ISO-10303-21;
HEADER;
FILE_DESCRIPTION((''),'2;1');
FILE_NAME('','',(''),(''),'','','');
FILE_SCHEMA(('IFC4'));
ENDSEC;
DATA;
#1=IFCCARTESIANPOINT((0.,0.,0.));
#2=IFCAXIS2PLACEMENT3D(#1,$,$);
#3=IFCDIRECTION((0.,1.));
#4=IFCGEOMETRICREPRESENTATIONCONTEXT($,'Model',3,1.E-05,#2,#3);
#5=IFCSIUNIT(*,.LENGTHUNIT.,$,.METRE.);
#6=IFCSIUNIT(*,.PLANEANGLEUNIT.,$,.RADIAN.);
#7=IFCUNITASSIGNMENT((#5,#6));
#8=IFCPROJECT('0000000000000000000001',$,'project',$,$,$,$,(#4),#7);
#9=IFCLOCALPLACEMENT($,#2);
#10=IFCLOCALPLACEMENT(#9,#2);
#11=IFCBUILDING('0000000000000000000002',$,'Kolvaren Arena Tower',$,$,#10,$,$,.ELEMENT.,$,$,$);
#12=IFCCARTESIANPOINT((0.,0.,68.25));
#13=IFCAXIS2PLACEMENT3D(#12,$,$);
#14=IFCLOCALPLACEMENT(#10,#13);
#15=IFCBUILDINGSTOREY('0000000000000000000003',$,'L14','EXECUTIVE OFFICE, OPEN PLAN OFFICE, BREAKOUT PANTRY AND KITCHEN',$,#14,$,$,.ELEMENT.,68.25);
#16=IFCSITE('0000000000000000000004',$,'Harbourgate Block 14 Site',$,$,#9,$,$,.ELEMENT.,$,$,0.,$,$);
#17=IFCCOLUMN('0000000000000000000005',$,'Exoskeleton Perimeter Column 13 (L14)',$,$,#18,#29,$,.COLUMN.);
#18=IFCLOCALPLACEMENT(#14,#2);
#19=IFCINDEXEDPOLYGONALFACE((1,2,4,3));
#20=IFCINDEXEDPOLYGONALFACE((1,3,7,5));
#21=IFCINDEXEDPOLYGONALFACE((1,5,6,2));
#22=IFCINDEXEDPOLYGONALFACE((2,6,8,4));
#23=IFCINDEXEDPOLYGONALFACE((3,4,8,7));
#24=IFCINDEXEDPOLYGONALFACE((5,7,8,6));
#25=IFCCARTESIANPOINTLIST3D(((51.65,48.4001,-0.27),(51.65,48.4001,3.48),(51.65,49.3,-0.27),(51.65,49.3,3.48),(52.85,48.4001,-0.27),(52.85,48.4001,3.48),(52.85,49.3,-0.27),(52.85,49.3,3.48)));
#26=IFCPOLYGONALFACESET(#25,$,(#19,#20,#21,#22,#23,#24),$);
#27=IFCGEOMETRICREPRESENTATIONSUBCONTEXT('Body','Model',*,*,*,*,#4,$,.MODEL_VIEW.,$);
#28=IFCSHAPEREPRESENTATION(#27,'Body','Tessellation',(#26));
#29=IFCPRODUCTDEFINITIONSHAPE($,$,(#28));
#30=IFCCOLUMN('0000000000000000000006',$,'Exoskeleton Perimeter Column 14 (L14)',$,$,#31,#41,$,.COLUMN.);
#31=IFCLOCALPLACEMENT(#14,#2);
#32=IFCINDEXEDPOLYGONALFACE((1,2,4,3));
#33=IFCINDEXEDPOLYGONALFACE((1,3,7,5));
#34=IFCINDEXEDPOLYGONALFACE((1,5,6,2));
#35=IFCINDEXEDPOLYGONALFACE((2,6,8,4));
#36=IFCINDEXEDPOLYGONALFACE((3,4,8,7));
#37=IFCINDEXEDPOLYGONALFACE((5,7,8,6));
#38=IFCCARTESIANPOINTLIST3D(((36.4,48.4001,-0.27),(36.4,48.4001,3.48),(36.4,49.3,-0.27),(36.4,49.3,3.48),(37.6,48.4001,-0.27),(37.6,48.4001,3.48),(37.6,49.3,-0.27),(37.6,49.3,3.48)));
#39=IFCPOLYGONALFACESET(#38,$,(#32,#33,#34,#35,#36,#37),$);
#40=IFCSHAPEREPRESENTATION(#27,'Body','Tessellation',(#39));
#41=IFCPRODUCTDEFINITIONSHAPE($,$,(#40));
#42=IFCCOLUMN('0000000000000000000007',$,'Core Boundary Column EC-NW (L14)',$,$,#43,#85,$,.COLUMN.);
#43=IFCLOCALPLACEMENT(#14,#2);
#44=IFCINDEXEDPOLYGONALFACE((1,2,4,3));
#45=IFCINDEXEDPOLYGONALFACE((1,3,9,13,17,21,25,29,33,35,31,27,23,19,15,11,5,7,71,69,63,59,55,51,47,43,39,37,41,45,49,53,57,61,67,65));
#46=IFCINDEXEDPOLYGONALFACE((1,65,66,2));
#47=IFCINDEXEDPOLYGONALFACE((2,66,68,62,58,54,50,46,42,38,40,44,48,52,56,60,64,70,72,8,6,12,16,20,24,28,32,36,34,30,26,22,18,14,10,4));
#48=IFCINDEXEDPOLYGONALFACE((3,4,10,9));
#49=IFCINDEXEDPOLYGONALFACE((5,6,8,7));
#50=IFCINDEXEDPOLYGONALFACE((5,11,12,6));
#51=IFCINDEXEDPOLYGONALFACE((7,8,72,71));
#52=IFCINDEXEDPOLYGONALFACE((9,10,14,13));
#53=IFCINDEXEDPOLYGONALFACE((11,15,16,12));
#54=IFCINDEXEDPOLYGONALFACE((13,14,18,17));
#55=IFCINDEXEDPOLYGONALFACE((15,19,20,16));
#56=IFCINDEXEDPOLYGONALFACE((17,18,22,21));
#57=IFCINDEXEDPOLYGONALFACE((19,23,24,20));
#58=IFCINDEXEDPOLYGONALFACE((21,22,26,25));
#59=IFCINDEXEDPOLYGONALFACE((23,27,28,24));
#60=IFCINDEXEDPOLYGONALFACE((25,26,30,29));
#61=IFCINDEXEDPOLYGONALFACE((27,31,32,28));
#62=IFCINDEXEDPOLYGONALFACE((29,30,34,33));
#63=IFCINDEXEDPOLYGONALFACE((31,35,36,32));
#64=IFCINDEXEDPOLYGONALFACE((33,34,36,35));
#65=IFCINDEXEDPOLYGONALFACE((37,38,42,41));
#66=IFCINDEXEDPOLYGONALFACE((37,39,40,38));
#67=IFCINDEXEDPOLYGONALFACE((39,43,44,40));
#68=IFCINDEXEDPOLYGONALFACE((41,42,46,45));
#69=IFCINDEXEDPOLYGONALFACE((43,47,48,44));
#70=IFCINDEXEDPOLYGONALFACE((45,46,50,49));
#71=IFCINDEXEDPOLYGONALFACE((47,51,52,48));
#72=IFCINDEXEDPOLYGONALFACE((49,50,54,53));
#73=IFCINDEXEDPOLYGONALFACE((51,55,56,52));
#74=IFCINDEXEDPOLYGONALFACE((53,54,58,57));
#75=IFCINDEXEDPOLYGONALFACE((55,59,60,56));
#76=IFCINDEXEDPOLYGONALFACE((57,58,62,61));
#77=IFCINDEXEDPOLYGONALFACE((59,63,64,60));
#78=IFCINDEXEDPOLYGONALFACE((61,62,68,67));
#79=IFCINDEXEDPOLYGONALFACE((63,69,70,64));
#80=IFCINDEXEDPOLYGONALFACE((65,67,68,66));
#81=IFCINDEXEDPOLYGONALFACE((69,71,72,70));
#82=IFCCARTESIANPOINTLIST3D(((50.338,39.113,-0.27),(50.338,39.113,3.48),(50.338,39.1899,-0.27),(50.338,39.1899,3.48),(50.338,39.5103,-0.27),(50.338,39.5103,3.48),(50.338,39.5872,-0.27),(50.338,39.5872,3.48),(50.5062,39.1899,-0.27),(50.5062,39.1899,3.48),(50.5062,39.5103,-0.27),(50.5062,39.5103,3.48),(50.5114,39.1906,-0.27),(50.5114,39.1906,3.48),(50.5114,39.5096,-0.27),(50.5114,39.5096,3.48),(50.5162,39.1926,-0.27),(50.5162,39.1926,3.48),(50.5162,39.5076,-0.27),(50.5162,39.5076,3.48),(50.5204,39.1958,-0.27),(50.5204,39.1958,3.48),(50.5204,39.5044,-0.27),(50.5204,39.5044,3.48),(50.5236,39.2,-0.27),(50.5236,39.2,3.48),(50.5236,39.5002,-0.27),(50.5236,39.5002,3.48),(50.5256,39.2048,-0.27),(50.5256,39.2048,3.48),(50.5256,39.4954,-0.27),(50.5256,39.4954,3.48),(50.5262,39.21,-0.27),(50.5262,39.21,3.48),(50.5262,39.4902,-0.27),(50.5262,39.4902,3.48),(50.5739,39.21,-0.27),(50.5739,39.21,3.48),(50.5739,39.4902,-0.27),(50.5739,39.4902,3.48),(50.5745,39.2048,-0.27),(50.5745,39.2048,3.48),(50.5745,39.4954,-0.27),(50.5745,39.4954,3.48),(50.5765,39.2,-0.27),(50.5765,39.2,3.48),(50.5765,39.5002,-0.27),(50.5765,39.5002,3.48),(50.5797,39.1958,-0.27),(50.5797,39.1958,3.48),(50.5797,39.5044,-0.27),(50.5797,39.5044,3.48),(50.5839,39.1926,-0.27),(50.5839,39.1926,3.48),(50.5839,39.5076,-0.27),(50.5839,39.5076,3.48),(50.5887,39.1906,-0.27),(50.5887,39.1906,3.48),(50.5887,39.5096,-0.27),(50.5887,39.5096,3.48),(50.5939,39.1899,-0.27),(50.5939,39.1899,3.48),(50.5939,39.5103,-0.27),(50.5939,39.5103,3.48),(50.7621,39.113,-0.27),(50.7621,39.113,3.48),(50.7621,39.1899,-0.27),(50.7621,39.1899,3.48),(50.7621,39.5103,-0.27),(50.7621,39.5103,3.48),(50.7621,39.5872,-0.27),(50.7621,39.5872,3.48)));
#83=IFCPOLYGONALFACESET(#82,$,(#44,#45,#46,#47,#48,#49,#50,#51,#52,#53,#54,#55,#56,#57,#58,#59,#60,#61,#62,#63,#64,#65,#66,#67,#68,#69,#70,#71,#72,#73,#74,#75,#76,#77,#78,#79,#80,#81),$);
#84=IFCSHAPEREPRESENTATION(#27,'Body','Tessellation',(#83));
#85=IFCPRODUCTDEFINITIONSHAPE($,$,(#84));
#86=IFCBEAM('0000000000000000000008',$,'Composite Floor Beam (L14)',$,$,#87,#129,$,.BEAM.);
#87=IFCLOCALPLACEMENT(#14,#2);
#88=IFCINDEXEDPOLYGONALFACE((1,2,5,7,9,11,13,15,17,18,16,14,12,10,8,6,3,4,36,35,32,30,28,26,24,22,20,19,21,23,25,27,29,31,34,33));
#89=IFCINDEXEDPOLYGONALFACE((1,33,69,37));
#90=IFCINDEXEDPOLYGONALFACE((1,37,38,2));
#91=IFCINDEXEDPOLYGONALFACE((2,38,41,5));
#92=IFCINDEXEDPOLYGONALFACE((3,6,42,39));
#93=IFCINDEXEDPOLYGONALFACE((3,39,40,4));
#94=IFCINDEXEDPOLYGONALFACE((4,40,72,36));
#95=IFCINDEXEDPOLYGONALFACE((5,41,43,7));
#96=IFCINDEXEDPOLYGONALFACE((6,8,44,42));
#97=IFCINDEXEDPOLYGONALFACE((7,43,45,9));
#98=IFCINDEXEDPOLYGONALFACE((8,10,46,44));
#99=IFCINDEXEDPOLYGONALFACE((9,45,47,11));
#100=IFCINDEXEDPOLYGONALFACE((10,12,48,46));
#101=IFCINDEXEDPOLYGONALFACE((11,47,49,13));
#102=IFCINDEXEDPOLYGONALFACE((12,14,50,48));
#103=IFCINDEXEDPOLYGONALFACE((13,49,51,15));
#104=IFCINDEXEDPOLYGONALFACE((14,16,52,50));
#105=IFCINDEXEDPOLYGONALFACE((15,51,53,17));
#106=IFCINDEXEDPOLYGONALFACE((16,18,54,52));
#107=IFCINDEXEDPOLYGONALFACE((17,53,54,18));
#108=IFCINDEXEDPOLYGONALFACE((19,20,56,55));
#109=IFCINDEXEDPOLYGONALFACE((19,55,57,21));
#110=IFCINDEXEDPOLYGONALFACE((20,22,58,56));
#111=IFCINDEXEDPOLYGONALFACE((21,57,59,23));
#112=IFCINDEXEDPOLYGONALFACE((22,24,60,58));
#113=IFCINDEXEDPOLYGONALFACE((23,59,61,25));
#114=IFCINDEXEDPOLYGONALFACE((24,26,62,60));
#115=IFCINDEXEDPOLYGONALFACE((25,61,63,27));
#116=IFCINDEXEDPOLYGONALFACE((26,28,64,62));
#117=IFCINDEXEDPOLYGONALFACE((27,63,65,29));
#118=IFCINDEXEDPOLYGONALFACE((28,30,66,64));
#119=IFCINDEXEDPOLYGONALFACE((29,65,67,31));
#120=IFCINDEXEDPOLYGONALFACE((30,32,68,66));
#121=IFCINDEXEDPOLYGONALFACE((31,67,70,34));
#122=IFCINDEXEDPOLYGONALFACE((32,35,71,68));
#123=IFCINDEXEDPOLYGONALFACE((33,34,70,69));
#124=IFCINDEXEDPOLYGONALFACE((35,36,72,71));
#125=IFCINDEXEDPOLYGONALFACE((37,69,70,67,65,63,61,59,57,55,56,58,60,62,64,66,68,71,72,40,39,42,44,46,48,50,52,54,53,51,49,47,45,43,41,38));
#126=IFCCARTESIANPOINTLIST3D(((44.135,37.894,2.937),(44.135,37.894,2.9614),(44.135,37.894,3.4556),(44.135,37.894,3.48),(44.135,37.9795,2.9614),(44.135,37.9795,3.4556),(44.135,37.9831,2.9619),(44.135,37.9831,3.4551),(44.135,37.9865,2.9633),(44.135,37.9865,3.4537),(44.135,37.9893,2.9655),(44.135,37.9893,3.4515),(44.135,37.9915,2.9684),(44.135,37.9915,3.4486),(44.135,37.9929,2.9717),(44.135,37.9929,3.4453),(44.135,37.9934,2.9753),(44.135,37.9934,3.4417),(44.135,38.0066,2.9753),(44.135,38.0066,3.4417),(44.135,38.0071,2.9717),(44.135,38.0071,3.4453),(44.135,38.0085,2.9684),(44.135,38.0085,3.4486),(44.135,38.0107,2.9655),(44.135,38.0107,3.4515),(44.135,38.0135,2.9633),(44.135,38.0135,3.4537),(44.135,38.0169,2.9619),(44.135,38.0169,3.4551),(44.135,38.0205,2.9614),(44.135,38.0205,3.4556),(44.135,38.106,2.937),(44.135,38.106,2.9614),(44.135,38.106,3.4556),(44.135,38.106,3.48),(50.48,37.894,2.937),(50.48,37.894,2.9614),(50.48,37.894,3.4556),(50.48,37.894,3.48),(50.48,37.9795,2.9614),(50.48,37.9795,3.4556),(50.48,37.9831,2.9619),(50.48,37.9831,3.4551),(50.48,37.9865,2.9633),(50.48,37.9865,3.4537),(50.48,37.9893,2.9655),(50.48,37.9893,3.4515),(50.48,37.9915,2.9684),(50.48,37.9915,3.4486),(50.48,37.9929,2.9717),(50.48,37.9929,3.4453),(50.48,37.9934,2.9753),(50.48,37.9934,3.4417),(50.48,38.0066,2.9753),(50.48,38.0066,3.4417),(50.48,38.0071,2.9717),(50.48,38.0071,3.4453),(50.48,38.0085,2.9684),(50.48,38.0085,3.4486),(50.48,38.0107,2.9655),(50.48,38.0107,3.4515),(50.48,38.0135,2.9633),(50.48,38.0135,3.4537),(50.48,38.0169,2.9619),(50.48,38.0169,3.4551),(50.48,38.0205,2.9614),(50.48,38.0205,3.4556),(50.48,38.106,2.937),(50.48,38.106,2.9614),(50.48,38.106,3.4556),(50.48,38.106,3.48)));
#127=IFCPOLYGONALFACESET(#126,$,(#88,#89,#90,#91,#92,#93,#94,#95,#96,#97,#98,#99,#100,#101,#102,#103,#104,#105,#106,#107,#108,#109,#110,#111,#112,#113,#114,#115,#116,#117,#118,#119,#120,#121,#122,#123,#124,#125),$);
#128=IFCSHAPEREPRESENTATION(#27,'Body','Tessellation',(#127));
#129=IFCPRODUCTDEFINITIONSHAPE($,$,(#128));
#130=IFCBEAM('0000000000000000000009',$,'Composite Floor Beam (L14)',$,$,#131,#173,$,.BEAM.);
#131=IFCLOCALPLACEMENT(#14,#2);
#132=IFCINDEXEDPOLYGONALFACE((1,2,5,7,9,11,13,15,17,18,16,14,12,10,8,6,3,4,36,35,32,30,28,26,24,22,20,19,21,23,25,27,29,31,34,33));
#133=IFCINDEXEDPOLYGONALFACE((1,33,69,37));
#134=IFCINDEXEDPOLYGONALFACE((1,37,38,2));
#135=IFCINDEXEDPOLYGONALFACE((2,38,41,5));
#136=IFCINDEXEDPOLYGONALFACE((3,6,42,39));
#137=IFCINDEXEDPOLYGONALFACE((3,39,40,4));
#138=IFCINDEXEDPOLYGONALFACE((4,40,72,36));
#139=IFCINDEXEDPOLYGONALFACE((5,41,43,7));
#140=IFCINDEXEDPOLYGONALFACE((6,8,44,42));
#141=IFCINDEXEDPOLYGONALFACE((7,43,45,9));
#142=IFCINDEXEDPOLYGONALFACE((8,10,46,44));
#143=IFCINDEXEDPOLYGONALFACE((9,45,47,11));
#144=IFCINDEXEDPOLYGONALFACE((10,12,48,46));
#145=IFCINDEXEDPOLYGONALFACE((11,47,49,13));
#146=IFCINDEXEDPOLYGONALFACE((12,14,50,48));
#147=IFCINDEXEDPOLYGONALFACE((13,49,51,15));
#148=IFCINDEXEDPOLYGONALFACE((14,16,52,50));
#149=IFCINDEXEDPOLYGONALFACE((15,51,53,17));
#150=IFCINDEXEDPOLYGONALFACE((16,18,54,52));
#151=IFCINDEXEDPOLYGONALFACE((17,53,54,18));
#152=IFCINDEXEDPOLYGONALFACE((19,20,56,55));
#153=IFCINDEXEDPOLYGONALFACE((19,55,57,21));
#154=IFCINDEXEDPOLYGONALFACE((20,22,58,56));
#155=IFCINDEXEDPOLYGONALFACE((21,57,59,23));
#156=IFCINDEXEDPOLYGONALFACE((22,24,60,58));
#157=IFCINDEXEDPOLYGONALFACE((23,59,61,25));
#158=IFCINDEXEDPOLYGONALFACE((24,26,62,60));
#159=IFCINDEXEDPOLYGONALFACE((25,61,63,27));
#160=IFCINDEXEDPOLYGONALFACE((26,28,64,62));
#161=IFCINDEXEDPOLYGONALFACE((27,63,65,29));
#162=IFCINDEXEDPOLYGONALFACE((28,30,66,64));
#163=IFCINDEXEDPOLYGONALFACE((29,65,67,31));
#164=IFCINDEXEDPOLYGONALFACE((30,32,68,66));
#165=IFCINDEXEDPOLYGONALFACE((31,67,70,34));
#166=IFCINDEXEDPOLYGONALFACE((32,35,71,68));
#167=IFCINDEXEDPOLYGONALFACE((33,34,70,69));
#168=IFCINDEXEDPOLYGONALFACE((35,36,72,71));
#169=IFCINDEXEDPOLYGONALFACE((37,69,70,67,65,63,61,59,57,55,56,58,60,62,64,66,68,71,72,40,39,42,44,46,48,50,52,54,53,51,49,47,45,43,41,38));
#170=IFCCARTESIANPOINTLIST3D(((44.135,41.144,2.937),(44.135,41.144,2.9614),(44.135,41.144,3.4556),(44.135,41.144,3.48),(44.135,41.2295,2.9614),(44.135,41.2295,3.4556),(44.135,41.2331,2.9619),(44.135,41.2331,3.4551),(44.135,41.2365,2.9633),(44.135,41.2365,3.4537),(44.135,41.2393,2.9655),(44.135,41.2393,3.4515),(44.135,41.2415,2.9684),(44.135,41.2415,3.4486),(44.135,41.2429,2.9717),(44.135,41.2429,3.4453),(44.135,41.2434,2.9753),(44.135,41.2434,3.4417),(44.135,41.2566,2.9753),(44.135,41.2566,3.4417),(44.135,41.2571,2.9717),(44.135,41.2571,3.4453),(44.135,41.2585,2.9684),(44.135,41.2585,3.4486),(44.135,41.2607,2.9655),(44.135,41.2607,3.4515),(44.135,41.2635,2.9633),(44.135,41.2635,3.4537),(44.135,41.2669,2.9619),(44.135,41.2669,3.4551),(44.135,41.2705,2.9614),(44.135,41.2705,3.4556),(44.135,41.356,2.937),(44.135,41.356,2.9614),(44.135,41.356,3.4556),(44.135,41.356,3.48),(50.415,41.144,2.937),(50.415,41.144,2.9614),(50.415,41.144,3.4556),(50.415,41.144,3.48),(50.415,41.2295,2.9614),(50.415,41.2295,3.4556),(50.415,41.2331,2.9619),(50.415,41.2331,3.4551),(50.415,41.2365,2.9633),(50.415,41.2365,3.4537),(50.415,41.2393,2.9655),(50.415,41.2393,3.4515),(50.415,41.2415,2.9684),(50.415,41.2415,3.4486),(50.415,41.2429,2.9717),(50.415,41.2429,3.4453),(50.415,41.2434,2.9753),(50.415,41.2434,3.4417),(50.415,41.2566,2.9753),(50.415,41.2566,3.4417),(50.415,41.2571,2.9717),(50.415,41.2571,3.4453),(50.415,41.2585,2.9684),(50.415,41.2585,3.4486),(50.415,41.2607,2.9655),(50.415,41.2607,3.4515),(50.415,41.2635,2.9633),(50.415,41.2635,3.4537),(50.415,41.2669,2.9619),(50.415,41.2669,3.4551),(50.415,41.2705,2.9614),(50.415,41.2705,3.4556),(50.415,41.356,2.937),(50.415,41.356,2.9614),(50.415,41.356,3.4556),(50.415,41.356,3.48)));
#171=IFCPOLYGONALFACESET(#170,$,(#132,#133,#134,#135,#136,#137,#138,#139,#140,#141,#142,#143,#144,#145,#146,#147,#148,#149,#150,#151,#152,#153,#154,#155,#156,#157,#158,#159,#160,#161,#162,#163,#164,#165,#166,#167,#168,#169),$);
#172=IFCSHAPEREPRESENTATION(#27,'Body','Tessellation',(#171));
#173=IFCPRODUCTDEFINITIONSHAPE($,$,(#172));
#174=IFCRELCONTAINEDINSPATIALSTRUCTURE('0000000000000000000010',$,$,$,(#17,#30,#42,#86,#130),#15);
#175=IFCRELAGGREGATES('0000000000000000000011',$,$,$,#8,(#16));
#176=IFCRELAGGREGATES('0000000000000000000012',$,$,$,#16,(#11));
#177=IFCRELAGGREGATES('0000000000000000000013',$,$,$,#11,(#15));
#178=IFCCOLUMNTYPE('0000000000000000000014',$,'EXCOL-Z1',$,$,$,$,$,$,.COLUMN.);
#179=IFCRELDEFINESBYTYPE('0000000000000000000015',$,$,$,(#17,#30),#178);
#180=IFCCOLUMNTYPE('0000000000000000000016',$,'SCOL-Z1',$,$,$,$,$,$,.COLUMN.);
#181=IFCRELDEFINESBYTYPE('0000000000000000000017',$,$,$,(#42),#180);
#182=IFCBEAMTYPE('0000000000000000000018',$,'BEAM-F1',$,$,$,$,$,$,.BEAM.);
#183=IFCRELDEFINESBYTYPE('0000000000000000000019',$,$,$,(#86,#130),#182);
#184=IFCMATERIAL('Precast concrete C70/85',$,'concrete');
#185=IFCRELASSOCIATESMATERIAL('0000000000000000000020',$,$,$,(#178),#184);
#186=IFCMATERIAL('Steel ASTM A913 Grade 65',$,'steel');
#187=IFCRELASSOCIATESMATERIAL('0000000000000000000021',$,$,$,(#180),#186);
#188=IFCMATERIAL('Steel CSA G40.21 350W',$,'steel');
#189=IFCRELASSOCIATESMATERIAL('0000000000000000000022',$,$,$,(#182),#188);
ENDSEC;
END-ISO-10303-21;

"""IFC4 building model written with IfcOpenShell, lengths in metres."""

from ifc_helpers import new_model, si_unit, direction, frame, origin, origin_2d, place, context, subcontext, project, spatial, rectangle, i_section, extrude, material, material_profile, profile_set, type_object, element, save


model = new_model("IFC4")

# Units and contexts
model_context = context("Model", 3, precision=1e-05, world=origin(), true_north=direction((0.0, 1.0)))
body_context = subcontext(model_context, "Body", "Model", "MODEL_VIEW")
ifc_project = project(units=[si_unit("LENGTHUNIT", "METRE"), si_unit("PLANEANGLEUNIT", "RADIAN")], contexts=[model_context])

# Site, building, storey
site_placement = place(None, origin())
site = spatial("IfcSite", under=ifc_project, at=site_placement, Name="Harbourgate Block 14 Site", CompositionType="ELEMENT", RefElevation=0.0)
building_placement = place(site_placement, origin())
building = spatial("IfcBuilding", under=site, at=building_placement, Name="Kolvaren Arena Tower", CompositionType="ELEMENT")
storey_placement = place(building_placement, frame((0.0, 0.0, 68.25)))
storey = spatial("IfcBuildingStorey", under=building, at=storey_placement, Name="L14", Description="EXECUTIVE OFFICE, OPEN PLAN OFFICE, BREAKOUT PANTRY AND KITCHEN", CompositionType="ELEMENT", Elevation=68.25)

# Columns
ifc_material_1 = material(Name="Precast concrete C70/85", Category="concrete")
ifc_material_profile_1 = material_profile(ifc_material_1, rectangle(XDim=1.2, YDim=0.8999, at=origin_2d()), Name="RC-1200x900")
ifc_profile_set_1 = profile_set([ifc_material_profile_1], Name="Precast concrete C70/85")
column_type_1 = type_object("IfcColumnType", Name="EXCOL-Z1", PredefinedType="COLUMN", material=ifc_profile_set_1)
for number, where, z_axis, x_axis, name in (
    (1, (52.25, 48.8501, -0.27), (0.0, 0.0, 1.0), (1.0, 0.0, 0.0), "Exoskeleton Perimeter Column 13 (L14)"),
    (2, (37.0, 48.8501, -0.27), (0.0, 0.0, 1.0), (1.0, 0.0, 0.0), "Exoskeleton Perimeter Column 14 (L14)"),
):
    element("IfcColumn", number, at=place(storey_placement, frame(where, z_axis=z_axis, x_axis=x_axis)), inside=storey, type_object=column_type_1, Name=name, PredefinedType="COLUMN", context=body_context, shape_type="SweptSolid", body=[
        extrude(rectangle(XDim=1.2, YDim=0.8999, at=origin_2d()), origin(), (0.0, 0.0, 1.0), 3.75),
    ])
ifc_material_2 = material(Name="Steel ASTM A913 Grade 65", Category="steel")
ifc_material_profile_2 = material_profile(ifc_material_2, i_section(OverallWidth=0.4241, OverallDepth=0.4741, WebThickness=0.0476, FlangeThickness=0.0769, FilletRadius=0.02, at=origin_2d()), Name="W360x634")
ifc_profile_set_2 = profile_set([ifc_material_profile_2], Name="Steel ASTM A913 Grade 65")
column_type_2 = type_object("IfcColumnType", Name="SCOL-Z1", PredefinedType="COLUMN", material=ifc_profile_set_2)
column_placement = place(storey_placement, frame((50.55, 39.3501, -0.27), z_axis=(0.0, 0.0, 1.0), x_axis=(1.0, 0.0, 0.0)))
element("IfcColumn", 3, at=column_placement, inside=storey, type_object=column_type_2, Name="Core Boundary Column EC-NW (L14)", PredefinedType="COLUMN", context=body_context, shape_type="SweptSolid", body=[
    extrude(i_section(OverallWidth=0.4241, OverallDepth=0.4741, WebThickness=0.0476, FlangeThickness=0.0769, FilletRadius=0.02, at=origin_2d()), origin(), (0.0, 0.0, 1.0), 3.75),
])

# Beams
ifc_material_3 = material(Name="Steel CSA G40.21 350W", Category="steel")
ifc_material_profile_3 = material_profile(ifc_material_3, i_section(OverallWidth=0.2119, OverallDepth=0.543, WebThickness=0.0132, FlangeThickness=0.0244, FilletRadius=0.0139, at=origin_2d()), Name="W530x150")
ifc_profile_set_3 = profile_set([ifc_material_profile_3], Name="Steel CSA G40.21 350W")
beam_type_1 = type_object("IfcBeamType", Name="BEAM-F1", PredefinedType="BEAM", material=ifc_profile_set_3)
beam_1_placement = place(storey_placement, frame((44.135, 38.0, 3.2085), z_axis=(1.0, 0.0, 0.0), x_axis=(0.0, 1.0, 0.0)))
element("IfcBeam", 4, at=beam_1_placement, inside=storey, type_object=beam_type_1, Name="Composite Floor Beam (L14)", PredefinedType="BEAM", context=body_context, shape_type="SweptSolid", body=[
    extrude(i_section(OverallWidth=0.2119, OverallDepth=0.543, WebThickness=0.0132, FlangeThickness=0.0244, FilletRadius=0.0139, at=origin_2d()), origin(), (0.0, 0.0, 1.0), 6.345),
])
beam_2_placement = place(storey_placement, frame((44.135, 41.25, 3.2085), z_axis=(1.0, 0.0, 0.0), x_axis=(0.0, 1.0, 0.0)))
element("IfcBeam", 5, at=beam_2_placement, inside=storey, type_object=beam_type_1, Name="Composite Floor Beam (L14)", PredefinedType="BEAM", context=body_context, shape_type="SweptSolid", body=[
    extrude(i_section(OverallWidth=0.2119, OverallDepth=0.543, WebThickness=0.0132, FlangeThickness=0.0244, FilletRadius=0.0139, at=origin_2d()), origin(), (0.0, 0.0, 1.0), 6.28),
])

save(model, "model.ifc")
